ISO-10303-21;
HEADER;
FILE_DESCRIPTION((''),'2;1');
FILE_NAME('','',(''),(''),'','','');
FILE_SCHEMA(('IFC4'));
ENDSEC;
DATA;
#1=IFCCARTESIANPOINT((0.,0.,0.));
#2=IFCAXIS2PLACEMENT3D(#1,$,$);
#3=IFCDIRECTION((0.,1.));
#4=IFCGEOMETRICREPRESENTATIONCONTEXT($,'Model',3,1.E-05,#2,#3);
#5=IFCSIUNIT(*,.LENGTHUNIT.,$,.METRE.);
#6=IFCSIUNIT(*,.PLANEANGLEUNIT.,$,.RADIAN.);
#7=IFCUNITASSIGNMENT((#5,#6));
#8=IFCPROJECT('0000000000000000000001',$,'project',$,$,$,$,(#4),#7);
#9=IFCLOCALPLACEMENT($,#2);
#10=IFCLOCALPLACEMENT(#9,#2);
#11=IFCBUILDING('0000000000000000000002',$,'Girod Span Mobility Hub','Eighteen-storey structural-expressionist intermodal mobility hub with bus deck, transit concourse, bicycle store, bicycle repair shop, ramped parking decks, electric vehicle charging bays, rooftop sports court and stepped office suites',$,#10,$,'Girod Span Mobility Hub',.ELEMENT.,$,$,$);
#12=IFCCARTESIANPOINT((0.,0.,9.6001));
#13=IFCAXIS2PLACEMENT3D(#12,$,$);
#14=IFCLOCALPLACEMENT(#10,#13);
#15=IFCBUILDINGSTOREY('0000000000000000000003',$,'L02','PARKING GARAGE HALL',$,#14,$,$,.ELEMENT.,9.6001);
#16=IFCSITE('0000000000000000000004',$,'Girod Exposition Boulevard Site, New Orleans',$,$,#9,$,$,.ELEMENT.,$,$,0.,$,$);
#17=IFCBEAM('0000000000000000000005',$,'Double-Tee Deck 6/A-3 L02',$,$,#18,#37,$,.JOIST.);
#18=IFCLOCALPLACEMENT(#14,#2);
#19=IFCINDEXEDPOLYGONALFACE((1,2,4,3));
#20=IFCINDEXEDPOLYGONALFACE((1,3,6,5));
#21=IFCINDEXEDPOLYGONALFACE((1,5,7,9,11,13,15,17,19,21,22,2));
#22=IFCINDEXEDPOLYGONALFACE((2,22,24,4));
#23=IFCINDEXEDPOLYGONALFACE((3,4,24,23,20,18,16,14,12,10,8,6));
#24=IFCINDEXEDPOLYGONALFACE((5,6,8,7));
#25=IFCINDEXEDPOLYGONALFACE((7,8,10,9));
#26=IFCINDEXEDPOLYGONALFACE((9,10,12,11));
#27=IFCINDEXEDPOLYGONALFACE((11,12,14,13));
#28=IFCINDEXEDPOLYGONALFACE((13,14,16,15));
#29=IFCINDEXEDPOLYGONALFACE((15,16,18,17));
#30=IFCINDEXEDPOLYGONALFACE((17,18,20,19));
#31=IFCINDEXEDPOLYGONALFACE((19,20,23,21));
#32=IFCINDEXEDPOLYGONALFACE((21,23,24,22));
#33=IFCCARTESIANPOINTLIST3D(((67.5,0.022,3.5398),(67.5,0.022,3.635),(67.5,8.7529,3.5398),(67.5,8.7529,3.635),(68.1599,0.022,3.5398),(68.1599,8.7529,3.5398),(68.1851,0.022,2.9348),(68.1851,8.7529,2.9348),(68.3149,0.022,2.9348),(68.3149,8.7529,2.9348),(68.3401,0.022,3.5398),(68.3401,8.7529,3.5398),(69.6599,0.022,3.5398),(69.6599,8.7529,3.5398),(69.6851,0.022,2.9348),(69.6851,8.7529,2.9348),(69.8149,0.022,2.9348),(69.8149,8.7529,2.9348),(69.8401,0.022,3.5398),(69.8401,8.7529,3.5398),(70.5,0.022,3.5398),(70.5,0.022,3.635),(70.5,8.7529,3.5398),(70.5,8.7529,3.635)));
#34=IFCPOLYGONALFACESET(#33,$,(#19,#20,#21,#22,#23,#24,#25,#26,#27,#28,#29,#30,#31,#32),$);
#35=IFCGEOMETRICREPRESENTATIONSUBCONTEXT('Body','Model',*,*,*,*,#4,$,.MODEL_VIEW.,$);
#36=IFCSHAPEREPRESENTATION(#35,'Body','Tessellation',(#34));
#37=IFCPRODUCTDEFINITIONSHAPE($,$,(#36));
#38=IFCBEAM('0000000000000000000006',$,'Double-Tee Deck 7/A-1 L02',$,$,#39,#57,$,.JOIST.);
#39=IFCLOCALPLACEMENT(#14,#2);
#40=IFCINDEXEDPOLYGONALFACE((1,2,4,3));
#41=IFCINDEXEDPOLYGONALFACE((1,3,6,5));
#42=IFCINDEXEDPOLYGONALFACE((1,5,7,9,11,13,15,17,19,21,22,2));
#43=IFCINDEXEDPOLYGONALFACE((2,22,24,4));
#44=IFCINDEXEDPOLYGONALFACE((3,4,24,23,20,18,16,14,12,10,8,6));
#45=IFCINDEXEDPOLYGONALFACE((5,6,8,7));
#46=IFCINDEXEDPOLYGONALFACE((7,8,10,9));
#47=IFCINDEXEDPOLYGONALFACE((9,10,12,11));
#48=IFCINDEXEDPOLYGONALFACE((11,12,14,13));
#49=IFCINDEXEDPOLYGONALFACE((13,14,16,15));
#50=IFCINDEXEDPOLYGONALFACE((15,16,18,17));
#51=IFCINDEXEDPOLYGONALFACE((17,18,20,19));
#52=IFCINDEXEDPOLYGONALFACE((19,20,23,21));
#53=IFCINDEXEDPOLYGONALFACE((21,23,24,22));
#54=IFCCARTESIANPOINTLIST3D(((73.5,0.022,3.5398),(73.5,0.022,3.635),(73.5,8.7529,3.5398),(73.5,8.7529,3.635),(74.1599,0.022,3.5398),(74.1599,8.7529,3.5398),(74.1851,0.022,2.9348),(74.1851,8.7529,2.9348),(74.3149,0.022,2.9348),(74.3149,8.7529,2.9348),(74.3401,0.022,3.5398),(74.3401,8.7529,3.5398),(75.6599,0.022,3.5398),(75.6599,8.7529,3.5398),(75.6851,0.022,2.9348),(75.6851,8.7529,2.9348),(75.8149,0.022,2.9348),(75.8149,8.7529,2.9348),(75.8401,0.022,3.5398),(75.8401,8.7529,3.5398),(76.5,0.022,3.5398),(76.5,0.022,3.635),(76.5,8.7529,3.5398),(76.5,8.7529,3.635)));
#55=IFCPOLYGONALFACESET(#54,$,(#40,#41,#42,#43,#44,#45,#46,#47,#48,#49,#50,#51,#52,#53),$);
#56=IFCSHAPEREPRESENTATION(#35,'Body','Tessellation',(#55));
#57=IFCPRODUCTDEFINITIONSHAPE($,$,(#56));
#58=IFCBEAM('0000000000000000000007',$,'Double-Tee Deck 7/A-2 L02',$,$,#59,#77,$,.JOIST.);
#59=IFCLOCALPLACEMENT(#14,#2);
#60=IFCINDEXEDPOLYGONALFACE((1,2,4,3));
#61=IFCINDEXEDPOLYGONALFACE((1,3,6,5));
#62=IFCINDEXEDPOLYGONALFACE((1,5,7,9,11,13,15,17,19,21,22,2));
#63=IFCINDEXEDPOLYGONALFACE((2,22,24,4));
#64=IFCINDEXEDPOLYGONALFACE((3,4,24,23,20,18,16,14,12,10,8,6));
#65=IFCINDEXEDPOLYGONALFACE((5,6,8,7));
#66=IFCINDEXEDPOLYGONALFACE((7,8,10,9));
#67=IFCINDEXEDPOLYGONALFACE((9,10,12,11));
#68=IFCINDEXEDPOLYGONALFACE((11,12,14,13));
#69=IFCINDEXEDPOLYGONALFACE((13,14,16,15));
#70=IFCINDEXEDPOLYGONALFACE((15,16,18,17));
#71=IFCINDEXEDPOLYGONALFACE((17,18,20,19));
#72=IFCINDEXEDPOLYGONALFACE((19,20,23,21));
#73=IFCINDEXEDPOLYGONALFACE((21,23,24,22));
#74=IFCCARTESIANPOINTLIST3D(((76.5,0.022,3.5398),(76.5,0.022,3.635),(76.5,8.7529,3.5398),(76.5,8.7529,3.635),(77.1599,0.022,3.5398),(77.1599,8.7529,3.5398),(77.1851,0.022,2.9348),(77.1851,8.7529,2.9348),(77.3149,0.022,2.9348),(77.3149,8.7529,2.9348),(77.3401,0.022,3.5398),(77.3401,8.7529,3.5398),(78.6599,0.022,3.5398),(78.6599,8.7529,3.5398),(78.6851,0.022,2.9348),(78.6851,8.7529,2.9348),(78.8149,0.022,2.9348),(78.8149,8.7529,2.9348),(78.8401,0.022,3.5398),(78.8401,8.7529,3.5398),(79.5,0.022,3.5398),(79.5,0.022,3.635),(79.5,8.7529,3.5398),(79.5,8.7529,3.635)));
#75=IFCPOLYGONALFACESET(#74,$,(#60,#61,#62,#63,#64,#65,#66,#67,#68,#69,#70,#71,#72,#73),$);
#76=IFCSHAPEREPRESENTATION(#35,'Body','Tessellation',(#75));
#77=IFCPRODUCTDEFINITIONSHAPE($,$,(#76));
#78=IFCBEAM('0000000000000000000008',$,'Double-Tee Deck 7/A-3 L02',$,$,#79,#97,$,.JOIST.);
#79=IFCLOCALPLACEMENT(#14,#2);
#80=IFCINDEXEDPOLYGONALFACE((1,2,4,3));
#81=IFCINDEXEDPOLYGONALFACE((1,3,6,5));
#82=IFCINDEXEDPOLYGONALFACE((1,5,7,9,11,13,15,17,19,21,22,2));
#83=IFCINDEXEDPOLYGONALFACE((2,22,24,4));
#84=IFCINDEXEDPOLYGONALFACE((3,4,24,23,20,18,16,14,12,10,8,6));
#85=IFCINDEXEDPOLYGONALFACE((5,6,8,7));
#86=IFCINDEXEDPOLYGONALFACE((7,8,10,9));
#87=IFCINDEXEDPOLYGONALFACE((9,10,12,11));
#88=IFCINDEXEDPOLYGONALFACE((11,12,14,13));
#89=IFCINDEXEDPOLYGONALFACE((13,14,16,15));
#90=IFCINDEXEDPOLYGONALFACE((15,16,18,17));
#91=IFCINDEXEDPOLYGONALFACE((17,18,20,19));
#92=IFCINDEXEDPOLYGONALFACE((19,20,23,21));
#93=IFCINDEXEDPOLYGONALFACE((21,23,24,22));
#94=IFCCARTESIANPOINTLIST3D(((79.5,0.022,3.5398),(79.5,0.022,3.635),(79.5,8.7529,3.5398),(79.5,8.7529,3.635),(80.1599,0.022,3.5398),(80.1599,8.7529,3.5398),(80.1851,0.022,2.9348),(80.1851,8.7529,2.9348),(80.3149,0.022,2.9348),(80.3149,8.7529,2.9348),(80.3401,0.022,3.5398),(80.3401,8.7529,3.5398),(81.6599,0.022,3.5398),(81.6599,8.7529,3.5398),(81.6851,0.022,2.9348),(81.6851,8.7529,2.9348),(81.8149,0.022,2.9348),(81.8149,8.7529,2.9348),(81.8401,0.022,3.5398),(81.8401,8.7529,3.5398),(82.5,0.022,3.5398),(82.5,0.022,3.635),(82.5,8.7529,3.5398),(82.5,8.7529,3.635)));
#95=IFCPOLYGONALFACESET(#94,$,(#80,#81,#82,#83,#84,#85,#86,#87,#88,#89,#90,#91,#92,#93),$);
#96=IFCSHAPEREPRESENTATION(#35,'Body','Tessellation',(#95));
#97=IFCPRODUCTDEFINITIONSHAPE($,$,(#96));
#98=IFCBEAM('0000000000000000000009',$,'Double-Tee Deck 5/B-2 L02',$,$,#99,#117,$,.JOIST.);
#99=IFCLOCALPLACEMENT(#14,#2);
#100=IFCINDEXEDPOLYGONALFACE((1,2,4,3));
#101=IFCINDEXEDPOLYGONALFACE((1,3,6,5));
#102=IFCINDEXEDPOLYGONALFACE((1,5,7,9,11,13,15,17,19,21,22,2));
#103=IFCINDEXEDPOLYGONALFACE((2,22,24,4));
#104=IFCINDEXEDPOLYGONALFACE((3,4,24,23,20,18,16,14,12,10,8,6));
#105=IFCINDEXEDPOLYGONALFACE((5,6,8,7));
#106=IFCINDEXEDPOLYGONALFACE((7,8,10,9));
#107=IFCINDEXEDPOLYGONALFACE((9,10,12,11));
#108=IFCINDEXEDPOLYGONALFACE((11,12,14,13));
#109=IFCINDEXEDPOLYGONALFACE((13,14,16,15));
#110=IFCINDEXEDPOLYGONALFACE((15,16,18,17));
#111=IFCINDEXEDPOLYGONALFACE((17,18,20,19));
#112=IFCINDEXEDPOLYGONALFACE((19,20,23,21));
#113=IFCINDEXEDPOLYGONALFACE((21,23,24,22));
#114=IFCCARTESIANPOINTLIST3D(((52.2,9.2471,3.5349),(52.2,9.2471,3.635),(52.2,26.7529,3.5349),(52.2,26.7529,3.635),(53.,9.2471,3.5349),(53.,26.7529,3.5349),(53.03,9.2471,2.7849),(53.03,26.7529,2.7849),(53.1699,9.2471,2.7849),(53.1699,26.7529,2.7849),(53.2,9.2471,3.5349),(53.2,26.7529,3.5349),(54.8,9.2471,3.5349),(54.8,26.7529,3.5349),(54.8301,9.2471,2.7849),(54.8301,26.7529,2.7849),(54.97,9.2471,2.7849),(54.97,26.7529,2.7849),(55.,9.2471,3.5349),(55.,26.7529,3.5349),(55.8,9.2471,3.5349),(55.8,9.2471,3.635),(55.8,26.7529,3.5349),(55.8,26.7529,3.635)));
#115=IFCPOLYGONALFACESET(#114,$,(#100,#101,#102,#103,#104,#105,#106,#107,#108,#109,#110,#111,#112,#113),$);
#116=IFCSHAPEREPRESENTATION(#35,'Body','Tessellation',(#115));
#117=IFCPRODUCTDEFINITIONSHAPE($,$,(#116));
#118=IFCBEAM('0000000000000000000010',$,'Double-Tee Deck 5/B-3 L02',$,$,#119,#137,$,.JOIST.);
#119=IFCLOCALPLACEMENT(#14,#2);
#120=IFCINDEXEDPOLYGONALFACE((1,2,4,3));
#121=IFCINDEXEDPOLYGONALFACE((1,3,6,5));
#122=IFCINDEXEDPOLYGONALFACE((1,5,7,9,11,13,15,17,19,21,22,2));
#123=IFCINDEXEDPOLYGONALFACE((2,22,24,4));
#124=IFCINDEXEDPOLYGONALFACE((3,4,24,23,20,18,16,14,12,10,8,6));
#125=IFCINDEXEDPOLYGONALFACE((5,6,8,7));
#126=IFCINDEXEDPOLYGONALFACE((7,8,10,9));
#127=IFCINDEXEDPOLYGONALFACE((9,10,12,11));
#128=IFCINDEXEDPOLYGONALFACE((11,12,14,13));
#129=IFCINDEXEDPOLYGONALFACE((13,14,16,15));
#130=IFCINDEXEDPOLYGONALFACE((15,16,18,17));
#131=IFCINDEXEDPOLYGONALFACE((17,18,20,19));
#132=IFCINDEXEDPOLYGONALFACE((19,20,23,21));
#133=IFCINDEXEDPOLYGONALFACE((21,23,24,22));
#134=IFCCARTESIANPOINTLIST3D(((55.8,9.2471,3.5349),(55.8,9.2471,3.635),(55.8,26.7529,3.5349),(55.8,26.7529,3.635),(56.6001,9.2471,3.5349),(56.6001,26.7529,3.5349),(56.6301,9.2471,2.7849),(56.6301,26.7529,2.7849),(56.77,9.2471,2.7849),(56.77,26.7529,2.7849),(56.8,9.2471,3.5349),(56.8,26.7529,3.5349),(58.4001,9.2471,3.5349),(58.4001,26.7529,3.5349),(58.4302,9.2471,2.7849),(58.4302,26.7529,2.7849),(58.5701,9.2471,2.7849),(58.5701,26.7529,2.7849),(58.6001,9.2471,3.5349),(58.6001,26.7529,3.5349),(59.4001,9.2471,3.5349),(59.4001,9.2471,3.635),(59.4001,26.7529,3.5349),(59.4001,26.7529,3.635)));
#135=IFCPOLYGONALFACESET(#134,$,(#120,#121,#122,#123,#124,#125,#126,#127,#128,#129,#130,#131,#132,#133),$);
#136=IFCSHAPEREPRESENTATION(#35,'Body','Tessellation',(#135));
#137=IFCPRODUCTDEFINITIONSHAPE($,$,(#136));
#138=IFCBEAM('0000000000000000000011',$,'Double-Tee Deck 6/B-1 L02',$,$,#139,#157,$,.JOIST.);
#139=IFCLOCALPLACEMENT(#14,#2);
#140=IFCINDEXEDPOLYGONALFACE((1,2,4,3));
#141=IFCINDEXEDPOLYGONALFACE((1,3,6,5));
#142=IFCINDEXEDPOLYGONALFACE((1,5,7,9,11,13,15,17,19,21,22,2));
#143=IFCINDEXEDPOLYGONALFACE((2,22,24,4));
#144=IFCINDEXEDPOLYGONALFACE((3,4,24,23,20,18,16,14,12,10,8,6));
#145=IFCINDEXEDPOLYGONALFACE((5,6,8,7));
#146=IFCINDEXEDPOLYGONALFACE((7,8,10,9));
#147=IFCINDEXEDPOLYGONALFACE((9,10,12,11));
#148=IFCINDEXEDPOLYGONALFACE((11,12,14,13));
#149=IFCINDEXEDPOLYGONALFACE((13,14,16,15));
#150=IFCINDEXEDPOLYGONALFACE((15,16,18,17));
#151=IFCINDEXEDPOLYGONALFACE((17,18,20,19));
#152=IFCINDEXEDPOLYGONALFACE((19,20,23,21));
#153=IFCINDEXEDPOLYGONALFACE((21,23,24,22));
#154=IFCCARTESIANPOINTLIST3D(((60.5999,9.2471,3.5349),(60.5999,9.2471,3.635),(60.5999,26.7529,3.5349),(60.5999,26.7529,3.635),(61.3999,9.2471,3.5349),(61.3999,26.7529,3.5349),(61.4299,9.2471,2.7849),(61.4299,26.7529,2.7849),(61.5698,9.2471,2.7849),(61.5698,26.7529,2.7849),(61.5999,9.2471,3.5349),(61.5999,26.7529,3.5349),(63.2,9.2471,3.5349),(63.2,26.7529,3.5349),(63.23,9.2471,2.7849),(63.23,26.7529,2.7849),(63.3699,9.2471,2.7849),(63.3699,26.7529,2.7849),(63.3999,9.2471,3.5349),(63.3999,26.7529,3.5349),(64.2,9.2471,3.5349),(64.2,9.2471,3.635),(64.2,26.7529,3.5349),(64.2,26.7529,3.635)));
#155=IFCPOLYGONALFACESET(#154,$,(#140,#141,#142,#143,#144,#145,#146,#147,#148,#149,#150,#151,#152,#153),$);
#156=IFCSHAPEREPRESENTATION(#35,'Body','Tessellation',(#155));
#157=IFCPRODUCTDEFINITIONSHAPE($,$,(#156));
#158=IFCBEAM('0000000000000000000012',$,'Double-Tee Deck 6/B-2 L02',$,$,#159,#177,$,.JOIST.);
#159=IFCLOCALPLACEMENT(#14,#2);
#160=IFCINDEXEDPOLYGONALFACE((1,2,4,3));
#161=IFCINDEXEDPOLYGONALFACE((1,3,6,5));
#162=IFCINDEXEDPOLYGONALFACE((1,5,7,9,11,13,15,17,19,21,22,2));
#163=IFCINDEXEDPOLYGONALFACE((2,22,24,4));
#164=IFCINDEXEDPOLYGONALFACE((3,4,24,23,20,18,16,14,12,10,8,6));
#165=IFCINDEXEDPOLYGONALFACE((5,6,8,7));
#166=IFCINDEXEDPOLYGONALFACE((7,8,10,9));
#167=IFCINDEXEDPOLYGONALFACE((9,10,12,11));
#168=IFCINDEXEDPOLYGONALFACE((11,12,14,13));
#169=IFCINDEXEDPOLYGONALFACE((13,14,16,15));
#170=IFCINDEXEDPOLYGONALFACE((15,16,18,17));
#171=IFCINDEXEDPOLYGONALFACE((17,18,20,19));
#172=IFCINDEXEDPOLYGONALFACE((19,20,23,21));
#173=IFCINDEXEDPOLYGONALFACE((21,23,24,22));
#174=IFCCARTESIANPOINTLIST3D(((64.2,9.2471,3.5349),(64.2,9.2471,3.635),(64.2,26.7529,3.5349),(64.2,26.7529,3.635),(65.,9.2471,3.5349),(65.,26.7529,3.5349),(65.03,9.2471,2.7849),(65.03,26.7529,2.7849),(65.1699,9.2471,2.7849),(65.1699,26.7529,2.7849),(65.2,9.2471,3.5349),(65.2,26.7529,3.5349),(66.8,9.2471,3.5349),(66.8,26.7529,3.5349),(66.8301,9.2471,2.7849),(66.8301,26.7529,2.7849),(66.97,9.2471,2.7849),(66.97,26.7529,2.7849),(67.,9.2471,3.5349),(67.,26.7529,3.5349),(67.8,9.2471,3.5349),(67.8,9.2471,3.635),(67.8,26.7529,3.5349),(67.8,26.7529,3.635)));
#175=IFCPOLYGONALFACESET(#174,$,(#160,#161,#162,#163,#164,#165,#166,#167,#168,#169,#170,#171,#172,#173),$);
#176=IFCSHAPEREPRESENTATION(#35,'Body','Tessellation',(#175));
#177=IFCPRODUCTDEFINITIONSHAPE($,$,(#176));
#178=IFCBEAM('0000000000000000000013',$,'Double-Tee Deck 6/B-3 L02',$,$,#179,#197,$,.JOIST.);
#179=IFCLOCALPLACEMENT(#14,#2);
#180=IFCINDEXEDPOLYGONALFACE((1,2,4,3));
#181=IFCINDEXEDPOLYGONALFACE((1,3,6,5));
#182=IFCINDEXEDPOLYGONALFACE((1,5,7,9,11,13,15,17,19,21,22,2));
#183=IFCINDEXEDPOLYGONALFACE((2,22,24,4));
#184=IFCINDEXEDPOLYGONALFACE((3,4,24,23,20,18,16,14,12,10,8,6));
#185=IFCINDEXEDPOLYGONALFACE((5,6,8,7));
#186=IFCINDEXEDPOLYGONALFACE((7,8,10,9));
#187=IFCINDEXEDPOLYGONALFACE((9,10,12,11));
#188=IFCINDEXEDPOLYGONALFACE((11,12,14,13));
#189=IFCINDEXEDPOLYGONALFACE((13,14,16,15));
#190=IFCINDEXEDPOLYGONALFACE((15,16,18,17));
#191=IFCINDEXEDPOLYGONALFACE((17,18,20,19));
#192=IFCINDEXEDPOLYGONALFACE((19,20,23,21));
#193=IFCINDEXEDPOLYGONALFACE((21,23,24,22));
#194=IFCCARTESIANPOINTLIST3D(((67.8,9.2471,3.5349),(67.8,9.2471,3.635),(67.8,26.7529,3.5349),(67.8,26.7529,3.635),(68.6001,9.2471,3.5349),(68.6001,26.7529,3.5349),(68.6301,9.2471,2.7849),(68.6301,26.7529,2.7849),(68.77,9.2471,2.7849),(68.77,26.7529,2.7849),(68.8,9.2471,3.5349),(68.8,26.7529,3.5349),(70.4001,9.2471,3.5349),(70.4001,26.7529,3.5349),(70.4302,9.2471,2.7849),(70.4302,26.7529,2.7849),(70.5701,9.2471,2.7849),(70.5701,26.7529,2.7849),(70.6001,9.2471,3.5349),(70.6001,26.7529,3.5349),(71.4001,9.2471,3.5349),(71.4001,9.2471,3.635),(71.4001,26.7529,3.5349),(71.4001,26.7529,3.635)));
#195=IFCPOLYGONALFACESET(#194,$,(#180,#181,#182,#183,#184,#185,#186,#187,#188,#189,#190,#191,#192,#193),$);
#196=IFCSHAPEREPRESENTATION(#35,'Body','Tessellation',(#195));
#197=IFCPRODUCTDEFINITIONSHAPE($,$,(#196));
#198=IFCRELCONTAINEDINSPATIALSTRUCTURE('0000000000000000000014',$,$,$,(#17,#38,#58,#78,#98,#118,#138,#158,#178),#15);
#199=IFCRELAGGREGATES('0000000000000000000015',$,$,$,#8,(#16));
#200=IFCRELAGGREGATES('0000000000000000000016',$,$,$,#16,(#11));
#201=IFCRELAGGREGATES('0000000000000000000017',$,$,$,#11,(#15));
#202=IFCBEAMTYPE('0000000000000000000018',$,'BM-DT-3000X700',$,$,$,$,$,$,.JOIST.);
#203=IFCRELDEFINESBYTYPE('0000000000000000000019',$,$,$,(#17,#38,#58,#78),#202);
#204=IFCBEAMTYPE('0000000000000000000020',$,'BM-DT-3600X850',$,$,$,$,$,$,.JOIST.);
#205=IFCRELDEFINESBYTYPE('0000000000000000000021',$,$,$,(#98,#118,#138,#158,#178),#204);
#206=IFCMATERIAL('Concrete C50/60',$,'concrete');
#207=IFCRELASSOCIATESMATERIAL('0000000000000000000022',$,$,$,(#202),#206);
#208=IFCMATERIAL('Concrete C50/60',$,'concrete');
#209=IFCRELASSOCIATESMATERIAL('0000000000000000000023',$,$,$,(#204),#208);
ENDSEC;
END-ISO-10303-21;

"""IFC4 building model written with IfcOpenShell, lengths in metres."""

from ifc_helpers import new_model, si_unit, direction, frame, origin, place, context, subcontext, project, spatial, polyline, outline, extrude, material, material_profile, profile_set, type_object, element, save


model = new_model("IFC4")

# Units and contexts
model_context = context("Model", 3, precision=1e-05, world=origin(), true_north=direction((0.0, 1.0)))
body_context = subcontext(model_context, "Body", "Model", "MODEL_VIEW")
ifc_project = project(units=[si_unit("LENGTHUNIT", "METRE"), si_unit("PLANEANGLEUNIT", "RADIAN")], contexts=[model_context])

# Site, building, storey
site_placement = place(None, origin())
site = spatial("IfcSite", under=ifc_project, at=site_placement, Name="Girod Exposition Boulevard Site, New Orleans", CompositionType="ELEMENT", RefElevation=0.0)
building_placement = place(site_placement, origin())
building = spatial("IfcBuilding", under=site, at=building_placement, Name="Girod Span Mobility Hub", Description="Eighteen-storey structural-expressionist intermodal mobility hub with bus deck, transit concourse, bicycle store, bicycle repair shop, ramped parking decks, electric vehicle charging bays, rooftop sports court and stepped office suites", LongName="Girod Span Mobility Hub", CompositionType="ELEMENT")
storey_placement = place(building_placement, frame((0.0, 0.0, 9.6001)))
storey = spatial("IfcBuildingStorey", under=building, at=storey_placement, Name="L02", Description="PARKING GARAGE HALL", CompositionType="ELEMENT", Elevation=9.6001)

# Beams
ifc_material_1 = material(Name="Concrete C50/60", Category="concrete")
ifc_material_profile_1 = material_profile(ifc_material_1, outline(polyline([(-1.5, 0.3501), (-1.5, 0.2549), (-0.8401, 0.2549), (-0.8149, -0.3501), (-0.6851, -0.3501), (-0.6599, 0.2549), (0.6599, 0.2549), (0.6851, -0.3501), (0.8149, -0.3501), (0.8401, 0.2549), (1.5, 0.2549), (1.5, 0.3501), (-1.5, 0.3501)])), Name="DT-3000X700")
ifc_profile_set_1 = profile_set([ifc_material_profile_1], Name="Concrete C50/60")
beam_type_1 = type_object("IfcBeamType", Name="BM-DT-3000X700", PredefinedType="JOIST", material=ifc_profile_set_1)
for number, where, z_axis, x_axis, name in (
    (1, (69.0, 0.022, 3.2849), (0.0, 1.0, 0.0), (-1.0, 0.0, 0.0), "Double-Tee Deck 6/A-3 L02"),
    (2, (75.0, 0.022, 3.2849), (0.0, 1.0, 0.0), (-1.0, 0.0, 0.0), "Double-Tee Deck 7/A-1 L02"),
    (3, (78.0, 0.022, 3.2849), (0.0, 1.0, 0.0), (-1.0, 0.0, 0.0), "Double-Tee Deck 7/A-2 L02"),
    (4, (81.0, 0.022, 3.2849), (0.0, 1.0, 0.0), (-1.0, 0.0, 0.0), "Double-Tee Deck 7/A-3 L02"),
):
    element("IfcBeam", number, at=place(storey_placement, frame(where, z_axis=z_axis, x_axis=x_axis)), inside=storey, type_object=beam_type_1, Name=name, PredefinedType="JOIST", context=body_context, shape_type="SweptSolid", body=[
        extrude(outline(polyline([(-1.5, 0.3501), (-1.5, 0.2549), (-0.8401, 0.2549), (-0.8149, -0.3501), (-0.6851, -0.3501), (-0.6599, 0.2549), (0.6599, 0.2549), (0.6851, -0.3501), (0.8149, -0.3501), (0.8401, 0.2549), (1.5, 0.2549), (1.5, 0.3501), (-1.5, 0.3501)])), origin(), (0.0, 0.0, 1.0), 8.731),
    ])
ifc_material_2 = material(Name="Concrete C50/60", Category="concrete")
ifc_material_profile_2 = material_profile(ifc_material_2, outline(polyline([(-1.8, 0.425), (-1.8, 0.325), (-1.0, 0.325), (-0.97, -0.425), (-0.8301, -0.425), (-0.8, 0.325), (0.8, 0.325), (0.8301, -0.425), (0.97, -0.425), (1.0, 0.325), (1.8, 0.325), (1.8, 0.425), (-1.8, 0.425)])), Name="DT-3600X850")
ifc_profile_set_2 = profile_set([ifc_material_profile_2], Name="Concrete C50/60")
beam_type_2 = type_object("IfcBeamType", Name="BM-DT-3600X850", PredefinedType="JOIST", material=ifc_profile_set_2)
for number, where, z_axis, x_axis, name in (
    (5, (54.0, 9.2471, 3.21), (0.0, 1.0, 0.0), (-1.0, 0.0, 0.0), "Double-Tee Deck 5/B-2 L02"),
    (6, (57.6001, 9.2471, 3.21), (0.0, 1.0, 0.0), (-1.0, 0.0, 0.0), "Double-Tee Deck 5/B-3 L02"),
    (7, (62.3999, 9.2471, 3.21), (0.0, 1.0, 0.0), (-1.0, 0.0, 0.0), "Double-Tee Deck 6/B-1 L02"),
    (8, (66.0, 9.2471, 3.21), (0.0, 1.0, 0.0), (-1.0, 0.0, 0.0), "Double-Tee Deck 6/B-2 L02"),
    (9, (69.6001, 9.2471, 3.21), (0.0, 1.0, 0.0), (-1.0, 0.0, 0.0), "Double-Tee Deck 6/B-3 L02"),
):
    element("IfcBeam", number, at=place(storey_placement, frame(where, z_axis=z_axis, x_axis=x_axis)), inside=storey, type_object=beam_type_2, Name=name, PredefinedType="JOIST", context=body_context, shape_type="SweptSolid", body=[
        extrude(outline(polyline([(-1.8, 0.425), (-1.8, 0.325), (-1.0, 0.325), (-0.97, -0.425), (-0.8301, -0.425), (-0.8, 0.325), (0.8, 0.325), (0.8301, -0.425), (0.97, -0.425), (1.0, 0.325), (1.8, 0.325), (1.8, 0.425), (-1.8, 0.425)])), origin(), (0.0, 0.0, 1.0), 17.5059),
    ])

save(model, "model.ifc")
